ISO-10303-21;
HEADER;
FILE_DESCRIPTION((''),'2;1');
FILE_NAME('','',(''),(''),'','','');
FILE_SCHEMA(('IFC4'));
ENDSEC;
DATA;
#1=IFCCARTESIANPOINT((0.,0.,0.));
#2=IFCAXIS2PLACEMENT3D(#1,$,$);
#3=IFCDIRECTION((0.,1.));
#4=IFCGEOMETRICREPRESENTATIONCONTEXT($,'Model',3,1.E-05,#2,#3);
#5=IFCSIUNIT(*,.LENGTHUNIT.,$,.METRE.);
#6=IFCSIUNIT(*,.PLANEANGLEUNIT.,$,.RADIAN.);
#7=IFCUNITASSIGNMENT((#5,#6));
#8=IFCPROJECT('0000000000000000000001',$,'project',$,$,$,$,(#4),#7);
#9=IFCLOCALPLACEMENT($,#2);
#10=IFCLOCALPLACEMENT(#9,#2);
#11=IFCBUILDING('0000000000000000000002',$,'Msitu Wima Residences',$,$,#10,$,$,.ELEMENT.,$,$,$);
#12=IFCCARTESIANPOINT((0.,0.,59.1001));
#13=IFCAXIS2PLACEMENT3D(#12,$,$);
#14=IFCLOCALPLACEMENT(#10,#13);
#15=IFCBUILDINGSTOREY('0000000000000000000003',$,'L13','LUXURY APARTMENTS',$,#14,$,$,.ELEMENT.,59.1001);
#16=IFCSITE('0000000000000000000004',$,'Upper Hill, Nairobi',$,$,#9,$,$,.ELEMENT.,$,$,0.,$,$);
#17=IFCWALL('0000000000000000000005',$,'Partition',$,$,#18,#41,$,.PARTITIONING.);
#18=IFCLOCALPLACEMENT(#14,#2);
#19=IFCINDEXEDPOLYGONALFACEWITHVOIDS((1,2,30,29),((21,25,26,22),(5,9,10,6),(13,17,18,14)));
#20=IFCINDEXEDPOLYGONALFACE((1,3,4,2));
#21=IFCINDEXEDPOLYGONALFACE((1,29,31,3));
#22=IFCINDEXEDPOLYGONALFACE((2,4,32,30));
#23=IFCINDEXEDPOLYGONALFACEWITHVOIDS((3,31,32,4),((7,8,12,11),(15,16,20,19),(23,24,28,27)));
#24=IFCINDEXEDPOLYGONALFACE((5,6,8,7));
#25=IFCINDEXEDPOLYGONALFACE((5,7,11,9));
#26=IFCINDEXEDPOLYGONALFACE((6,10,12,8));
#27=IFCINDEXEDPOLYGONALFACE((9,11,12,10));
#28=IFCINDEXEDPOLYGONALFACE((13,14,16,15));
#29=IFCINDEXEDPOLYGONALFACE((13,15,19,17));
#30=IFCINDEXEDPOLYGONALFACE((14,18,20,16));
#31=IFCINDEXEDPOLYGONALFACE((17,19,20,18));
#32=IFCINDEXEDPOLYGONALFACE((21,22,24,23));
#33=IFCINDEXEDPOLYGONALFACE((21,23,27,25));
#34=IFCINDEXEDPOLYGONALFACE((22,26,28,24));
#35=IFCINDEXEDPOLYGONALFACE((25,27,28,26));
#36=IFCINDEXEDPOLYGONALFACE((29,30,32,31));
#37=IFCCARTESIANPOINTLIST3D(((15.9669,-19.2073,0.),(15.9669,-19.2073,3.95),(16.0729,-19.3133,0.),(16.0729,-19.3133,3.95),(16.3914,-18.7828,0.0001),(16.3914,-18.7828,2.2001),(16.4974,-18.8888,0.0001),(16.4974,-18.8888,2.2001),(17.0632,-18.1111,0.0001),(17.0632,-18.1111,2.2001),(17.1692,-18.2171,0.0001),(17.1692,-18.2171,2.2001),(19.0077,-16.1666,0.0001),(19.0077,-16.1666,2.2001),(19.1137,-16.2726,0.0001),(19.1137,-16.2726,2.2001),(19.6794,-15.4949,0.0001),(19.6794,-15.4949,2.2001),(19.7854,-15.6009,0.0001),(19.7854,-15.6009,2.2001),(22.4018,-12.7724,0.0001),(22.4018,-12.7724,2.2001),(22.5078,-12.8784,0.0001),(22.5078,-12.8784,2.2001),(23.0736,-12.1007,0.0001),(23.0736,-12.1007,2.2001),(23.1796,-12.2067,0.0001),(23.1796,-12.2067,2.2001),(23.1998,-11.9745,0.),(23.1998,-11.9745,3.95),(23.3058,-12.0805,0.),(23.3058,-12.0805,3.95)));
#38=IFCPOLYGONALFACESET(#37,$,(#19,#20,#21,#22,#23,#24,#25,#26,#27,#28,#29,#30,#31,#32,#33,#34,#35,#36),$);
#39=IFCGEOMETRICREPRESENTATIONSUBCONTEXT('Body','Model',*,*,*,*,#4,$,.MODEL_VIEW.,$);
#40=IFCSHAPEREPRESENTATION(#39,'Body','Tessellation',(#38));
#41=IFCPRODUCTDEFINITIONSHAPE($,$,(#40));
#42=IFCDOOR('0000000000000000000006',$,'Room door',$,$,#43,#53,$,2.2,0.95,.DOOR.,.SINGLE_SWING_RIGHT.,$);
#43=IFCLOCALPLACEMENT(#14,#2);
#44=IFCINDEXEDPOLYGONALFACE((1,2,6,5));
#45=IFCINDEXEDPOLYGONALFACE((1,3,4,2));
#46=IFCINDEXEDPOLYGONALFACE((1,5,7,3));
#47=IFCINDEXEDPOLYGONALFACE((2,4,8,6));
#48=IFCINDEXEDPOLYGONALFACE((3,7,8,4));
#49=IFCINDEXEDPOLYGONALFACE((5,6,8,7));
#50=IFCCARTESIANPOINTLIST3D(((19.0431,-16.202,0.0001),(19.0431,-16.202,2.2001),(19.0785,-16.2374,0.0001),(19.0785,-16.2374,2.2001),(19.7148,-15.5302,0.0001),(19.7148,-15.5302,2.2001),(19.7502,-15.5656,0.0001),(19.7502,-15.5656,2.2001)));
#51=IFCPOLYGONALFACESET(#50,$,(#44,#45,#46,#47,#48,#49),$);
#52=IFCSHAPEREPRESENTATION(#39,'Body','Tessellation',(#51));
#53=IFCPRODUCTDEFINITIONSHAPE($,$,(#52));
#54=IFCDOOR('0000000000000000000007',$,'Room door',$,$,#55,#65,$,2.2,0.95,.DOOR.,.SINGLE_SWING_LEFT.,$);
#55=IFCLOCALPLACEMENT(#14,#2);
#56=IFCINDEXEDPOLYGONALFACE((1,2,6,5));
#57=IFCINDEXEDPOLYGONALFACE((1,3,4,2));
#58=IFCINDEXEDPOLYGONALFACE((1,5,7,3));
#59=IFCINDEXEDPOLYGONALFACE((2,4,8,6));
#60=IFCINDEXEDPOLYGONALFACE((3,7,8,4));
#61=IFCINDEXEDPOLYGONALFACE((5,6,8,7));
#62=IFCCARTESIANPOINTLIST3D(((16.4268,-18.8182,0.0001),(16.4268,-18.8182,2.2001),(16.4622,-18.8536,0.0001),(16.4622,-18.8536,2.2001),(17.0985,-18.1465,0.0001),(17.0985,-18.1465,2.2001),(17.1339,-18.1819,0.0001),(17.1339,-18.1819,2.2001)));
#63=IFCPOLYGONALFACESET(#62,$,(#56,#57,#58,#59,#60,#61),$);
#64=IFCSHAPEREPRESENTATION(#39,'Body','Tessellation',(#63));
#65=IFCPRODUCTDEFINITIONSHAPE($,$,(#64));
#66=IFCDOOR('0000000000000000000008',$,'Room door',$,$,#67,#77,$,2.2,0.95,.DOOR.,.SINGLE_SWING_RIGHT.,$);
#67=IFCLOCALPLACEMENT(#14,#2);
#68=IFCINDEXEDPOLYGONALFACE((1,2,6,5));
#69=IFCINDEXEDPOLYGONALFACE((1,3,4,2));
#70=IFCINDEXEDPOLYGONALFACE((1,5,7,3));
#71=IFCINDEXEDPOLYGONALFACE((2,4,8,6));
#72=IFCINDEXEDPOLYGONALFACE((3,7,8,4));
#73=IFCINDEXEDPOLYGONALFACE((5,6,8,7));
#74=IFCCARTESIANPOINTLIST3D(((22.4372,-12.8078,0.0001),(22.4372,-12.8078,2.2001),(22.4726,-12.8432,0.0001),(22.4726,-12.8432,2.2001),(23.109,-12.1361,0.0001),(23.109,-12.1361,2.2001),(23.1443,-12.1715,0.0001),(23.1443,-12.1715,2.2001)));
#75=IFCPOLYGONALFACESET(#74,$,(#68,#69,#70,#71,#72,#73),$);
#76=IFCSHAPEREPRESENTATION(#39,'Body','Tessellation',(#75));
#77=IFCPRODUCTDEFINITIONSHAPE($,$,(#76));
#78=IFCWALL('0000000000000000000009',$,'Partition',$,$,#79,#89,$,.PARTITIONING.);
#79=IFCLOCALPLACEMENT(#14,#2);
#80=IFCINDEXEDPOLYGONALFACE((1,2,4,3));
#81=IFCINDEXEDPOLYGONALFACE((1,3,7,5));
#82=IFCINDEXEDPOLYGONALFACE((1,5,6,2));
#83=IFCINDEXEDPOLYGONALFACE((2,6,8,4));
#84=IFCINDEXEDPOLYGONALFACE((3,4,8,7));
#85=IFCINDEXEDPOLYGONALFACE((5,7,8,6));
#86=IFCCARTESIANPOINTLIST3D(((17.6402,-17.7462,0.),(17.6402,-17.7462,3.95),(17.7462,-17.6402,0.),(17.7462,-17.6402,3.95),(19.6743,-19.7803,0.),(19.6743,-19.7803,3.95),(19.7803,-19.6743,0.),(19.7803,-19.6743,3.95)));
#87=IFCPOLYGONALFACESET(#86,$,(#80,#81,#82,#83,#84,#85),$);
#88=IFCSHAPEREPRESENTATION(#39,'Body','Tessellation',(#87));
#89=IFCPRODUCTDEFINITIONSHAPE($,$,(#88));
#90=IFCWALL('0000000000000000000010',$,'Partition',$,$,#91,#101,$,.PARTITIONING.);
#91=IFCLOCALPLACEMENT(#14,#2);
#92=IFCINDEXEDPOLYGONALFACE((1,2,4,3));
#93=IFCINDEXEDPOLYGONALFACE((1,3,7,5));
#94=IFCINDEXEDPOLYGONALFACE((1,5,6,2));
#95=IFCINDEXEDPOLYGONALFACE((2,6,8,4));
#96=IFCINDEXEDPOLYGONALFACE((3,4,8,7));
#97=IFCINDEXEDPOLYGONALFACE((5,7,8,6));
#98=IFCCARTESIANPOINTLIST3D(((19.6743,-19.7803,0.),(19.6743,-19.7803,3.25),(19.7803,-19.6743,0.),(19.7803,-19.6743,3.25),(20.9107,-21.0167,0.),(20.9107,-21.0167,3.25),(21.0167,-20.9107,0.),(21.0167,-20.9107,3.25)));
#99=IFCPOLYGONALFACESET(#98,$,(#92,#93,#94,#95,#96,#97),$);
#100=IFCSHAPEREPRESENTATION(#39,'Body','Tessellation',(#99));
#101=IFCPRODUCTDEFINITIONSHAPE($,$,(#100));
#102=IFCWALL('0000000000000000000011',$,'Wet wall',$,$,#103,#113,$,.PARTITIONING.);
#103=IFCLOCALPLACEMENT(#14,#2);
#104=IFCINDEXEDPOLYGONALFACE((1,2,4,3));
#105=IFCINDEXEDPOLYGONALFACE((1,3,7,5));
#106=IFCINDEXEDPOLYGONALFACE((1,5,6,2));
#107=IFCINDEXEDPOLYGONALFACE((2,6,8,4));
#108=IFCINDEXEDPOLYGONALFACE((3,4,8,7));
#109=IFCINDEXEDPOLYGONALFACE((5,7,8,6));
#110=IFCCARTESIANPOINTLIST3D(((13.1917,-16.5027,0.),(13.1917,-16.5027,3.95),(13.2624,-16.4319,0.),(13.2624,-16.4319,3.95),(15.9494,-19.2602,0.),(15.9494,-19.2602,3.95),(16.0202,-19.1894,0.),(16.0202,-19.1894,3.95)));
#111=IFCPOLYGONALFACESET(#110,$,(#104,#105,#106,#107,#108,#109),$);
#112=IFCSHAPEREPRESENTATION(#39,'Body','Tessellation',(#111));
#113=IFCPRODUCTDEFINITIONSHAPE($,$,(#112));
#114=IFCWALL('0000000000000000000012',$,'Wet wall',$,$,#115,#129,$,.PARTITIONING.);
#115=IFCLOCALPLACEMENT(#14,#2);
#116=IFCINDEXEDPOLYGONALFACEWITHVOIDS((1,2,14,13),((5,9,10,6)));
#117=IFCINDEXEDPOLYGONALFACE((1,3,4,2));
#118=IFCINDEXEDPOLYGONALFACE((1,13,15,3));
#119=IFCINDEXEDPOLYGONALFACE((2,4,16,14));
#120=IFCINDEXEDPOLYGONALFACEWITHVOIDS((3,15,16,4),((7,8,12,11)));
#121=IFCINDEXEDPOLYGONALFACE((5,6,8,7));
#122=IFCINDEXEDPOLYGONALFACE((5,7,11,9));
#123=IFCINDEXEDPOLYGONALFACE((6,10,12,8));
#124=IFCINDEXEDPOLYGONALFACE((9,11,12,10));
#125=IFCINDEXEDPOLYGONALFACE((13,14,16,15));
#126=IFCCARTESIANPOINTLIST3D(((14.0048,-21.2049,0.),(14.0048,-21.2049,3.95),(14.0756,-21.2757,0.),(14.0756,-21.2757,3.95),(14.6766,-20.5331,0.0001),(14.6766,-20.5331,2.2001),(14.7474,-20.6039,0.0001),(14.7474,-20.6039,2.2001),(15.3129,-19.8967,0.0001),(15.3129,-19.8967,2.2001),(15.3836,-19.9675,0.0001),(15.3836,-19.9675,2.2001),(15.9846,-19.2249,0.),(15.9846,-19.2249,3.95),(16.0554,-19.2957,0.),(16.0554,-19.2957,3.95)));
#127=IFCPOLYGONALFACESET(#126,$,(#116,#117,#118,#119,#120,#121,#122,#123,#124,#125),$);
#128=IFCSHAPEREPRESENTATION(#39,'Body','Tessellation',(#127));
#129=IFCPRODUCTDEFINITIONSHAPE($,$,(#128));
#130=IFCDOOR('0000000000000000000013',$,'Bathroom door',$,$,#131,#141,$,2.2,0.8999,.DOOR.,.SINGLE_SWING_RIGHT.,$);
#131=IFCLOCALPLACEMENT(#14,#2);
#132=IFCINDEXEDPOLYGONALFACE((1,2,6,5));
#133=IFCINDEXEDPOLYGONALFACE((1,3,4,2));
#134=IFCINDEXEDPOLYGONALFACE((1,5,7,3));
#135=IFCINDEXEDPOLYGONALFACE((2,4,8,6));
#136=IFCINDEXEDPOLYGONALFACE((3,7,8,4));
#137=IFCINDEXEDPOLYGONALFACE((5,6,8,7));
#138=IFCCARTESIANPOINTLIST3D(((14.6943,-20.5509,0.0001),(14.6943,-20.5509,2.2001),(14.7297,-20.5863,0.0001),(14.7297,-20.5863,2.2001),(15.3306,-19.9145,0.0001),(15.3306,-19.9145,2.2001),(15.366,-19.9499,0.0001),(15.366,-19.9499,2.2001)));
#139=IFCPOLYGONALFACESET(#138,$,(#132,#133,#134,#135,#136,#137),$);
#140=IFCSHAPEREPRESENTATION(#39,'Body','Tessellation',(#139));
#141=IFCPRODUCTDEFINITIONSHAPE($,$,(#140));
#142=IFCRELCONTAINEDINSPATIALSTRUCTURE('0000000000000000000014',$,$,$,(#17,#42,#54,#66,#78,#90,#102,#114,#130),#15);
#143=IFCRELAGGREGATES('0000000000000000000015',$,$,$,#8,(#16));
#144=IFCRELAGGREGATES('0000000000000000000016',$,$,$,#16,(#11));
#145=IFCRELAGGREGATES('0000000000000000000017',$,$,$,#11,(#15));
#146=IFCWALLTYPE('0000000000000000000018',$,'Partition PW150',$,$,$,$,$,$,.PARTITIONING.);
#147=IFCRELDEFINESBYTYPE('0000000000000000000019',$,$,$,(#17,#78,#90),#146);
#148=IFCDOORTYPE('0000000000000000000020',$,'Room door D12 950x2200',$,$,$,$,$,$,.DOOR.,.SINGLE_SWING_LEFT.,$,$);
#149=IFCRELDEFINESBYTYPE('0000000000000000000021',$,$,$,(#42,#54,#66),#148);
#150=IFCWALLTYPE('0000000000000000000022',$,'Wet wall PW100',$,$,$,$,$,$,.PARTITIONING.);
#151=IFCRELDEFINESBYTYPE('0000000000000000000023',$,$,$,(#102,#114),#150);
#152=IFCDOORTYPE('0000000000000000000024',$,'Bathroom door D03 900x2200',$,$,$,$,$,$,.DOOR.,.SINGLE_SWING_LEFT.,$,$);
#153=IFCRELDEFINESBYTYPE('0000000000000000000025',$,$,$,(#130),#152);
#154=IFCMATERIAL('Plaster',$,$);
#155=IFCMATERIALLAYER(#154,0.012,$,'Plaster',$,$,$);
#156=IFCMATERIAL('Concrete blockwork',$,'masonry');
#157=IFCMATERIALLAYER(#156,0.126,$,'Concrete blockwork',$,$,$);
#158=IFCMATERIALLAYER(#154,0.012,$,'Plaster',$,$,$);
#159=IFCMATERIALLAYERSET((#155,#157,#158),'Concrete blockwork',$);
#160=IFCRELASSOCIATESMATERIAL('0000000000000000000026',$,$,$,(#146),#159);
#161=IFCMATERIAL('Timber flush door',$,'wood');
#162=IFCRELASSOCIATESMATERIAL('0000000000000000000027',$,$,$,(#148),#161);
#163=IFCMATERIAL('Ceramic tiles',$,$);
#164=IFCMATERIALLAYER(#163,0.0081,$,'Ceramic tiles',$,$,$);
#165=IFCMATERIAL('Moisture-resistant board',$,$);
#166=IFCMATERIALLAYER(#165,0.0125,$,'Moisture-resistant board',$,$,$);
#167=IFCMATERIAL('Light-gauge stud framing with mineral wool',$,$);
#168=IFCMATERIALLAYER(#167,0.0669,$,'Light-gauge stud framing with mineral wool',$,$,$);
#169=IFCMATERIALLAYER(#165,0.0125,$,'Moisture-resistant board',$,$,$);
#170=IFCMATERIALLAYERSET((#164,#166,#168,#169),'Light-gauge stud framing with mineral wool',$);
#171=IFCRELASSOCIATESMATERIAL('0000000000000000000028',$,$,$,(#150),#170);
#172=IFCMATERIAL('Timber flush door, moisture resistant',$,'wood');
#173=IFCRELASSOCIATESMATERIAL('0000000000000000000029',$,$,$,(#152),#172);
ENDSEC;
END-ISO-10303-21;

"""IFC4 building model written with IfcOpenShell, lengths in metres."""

from ifc_helpers import new_model, si_unit, direction, frame, frame_2d, origin, place, context, subcontext, project, spatial, rectangle, extrude, material, layer, layer_set, type_object, element, fill, save


model = new_model("IFC4")

# Units and contexts
model_context = context("Model", 3, precision=1e-05, world=origin(), true_north=direction((0.0, 1.0)))
body_context = subcontext(model_context, "Body", "Model", "MODEL_VIEW")
ifc_project = project(units=[si_unit("LENGTHUNIT", "METRE"), si_unit("PLANEANGLEUNIT", "RADIAN")], contexts=[model_context])

# Site, building, storey
site_placement = place(None, origin())
site = spatial("IfcSite", under=ifc_project, at=site_placement, Name="Upper Hill, Nairobi", CompositionType="ELEMENT", RefElevation=0.0)
building_placement = place(site_placement, origin())
building = spatial("IfcBuilding", under=site, at=building_placement, Name="Msitu Wima Residences", CompositionType="ELEMENT")
storey_placement = place(building_placement, frame((0.0, 0.0, 59.1001)))
storey = spatial("IfcBuildingStorey", under=building, at=storey_placement, Name="L13", Description="LUXURY APARTMENTS", CompositionType="ELEMENT", Elevation=59.1001)

# Shared definitions
ifc_material_1 = material(Name="Plaster")
ifc_material_2 = material(Name="Concrete blockwork", Category="masonry")

# Shared definitions
ifc_layer_1 = layer(ifc_material_1, 0.012, Name="Plaster")
ifc_layer_2 = layer(ifc_material_2, 0.126, Name="Concrete blockwork")
ifc_layer_3 = layer(ifc_material_1, 0.012, Name="Plaster")
ifc_layer_set_1 = layer_set([ifc_layer_1, ifc_layer_2, ifc_layer_3], Name="Concrete blockwork")
wall_type_1 = type_object("IfcWallType", Name="Partition PW150", PredefinedType="PARTITIONING", material=ifc_layer_set_1)

# Wall, openings, doors
wall_1_placement = place(storey_placement, frame((16.02, -19.2603, 0.0), z_axis=(0.0, 0.0, 1.0), x_axis=(0.707107, 0.707107, 0.0)))
wall_1 = element("IfcWall", 1, at=wall_1_placement, inside=storey, type_object=wall_type_1, Name="Partition", PredefinedType="PARTITIONING", context=body_context, shape_type="SweptSolid", body=[
    extrude(rectangle(XDim=10.2288, YDim=0.1499, at=frame_2d((5.1143, 0.0))), origin(), (0.0, 0.0, 1.0), 3.95),
])
opening_1_placement = place(wall_1_placement, frame((4.3, 0.0, 0.0)))
opening_1 = element("IfcOpeningElement", 2, at=opening_1_placement, cuts=wall_1, PredefinedType="OPENING", context=body_context, shape_type="SweptSolid", body=[
    extrude(rectangle(XDim=0.95, YDim=2.2, at=frame_2d((0.4751, 1.1001))), frame((0.0, 0.085, 0.0), z_axis=(0.0, -1.0, 0.0), x_axis=(1.0, 0.0, 0.0)), (0.0, 0.0, 1.0), 0.1699),
])
opening_2_placement = place(wall_1_placement, frame((0.6001, 0.0, 0.0)))
opening_2 = element("IfcOpeningElement", 3, at=opening_2_placement, cuts=wall_1, PredefinedType="OPENING", context=body_context, shape_type="SweptSolid", body=[
    extrude(rectangle(XDim=0.95, YDim=2.2, at=frame_2d((0.4751, 1.1001))), frame((0.0, 0.085, 0.0), z_axis=(0.0, -1.0, 0.0), x_axis=(1.0, 0.0, 0.0)), (0.0, 0.0, 1.0), 0.1699),
])
opening_3_placement = place(wall_1_placement, frame((9.1001, 0.0, 0.0)))
opening_3 = element("IfcOpeningElement", 4, at=opening_3_placement, cuts=wall_1, PredefinedType="OPENING", context=body_context, shape_type="SweptSolid", body=[
    extrude(rectangle(XDim=0.95, YDim=2.2, at=frame_2d((0.4751, 1.1001))), frame((0.0, 0.085, 0.0), z_axis=(0.0, -1.0, 0.0), x_axis=(1.0, 0.0, 0.0)), (0.0, 0.0, 1.0), 0.1699),
])
ifc_material_3 = material(Name="Timber flush door", Category="wood")
door_type_1 = type_object("IfcDoorType", Name="Room door D12 950x2200", OperationType="SINGLE_SWING_LEFT", PredefinedType="DOOR", material=ifc_material_3)
door_1_placement = place(opening_1_placement, origin())
door_1 = element("IfcDoor", 5, at=door_1_placement, inside=storey, type_object=door_type_1, Name="Room door", OperationType="SINGLE_SWING_RIGHT", OverallHeight=2.2, OverallWidth=0.95, PredefinedType="DOOR", context=body_context, shape_type="SweptSolid", body=[
    extrude(rectangle(XDim=0.95, YDim=2.2, at=frame_2d((0.4751, 1.1001))), frame((0.0, 0.0249, 0.0), z_axis=(0.0, -1.0, 0.0), x_axis=(1.0, 0.0, 0.0)), (0.0, 0.0, 1.0), 0.05),
])
fill(opening_1, door_1)
door_2_placement = place(opening_2_placement, origin())
door_2 = element("IfcDoor", 6, at=door_2_placement, inside=storey, type_object=door_type_1, Name="Room door", OperationType="SINGLE_SWING_LEFT", OverallHeight=2.2, OverallWidth=0.95, PredefinedType="DOOR", context=body_context, shape_type="SweptSolid", body=[
    extrude(rectangle(XDim=0.95, YDim=2.2, at=frame_2d((0.4751, 1.1001))), frame((0.0, 0.0249, 0.0), z_axis=(0.0, -1.0, 0.0), x_axis=(1.0, 0.0, 0.0)), (0.0, 0.0, 1.0), 0.05),
])
fill(opening_2, door_2)
door_3_placement = place(opening_3_placement, origin())
door_3 = element("IfcDoor", 7, at=door_3_placement, inside=storey, type_object=door_type_1, Name="Room door", OperationType="SINGLE_SWING_RIGHT", OverallHeight=2.2, OverallWidth=0.95, PredefinedType="DOOR", context=body_context, shape_type="SweptSolid", body=[
    extrude(rectangle(XDim=0.95, YDim=2.2, at=frame_2d((0.4751, 1.1001))), frame((0.0, 0.0249, 0.0), z_axis=(0.0, -1.0, 0.0), x_axis=(1.0, 0.0, 0.0)), (0.0, 0.0, 1.0), 0.05),
])
fill(opening_3, door_3)

# Walls
wall_2_placement = place(storey_placement, frame((17.6931, -17.6931, 0.0), z_axis=(0.0, 0.0, 1.0), x_axis=(0.707107, -0.707107, 0.0)))
element("IfcWall", 8, at=wall_2_placement, inside=storey, type_object=wall_type_1, Name="Partition", PredefinedType="PARTITIONING", context=body_context, shape_type="SweptSolid", body=[
    extrude(rectangle(XDim=2.8767, YDim=0.1499, at=frame_2d((1.4385, 0.0))), origin(), (0.0, 0.0, 1.0), 3.95),
])
wall_3_placement = place(storey_placement, frame((19.7273, -19.7273, 0.0), z_axis=(0.0, 0.0, 1.0), x_axis=(0.707107, -0.707107, 0.0)))
element("IfcWall", 9, at=wall_3_placement, inside=storey, type_object=wall_type_1, Name="Partition", PredefinedType="PARTITIONING", context=body_context, shape_type="SweptSolid", body=[
    extrude(rectangle(XDim=1.7485, YDim=0.1499, at=frame_2d((0.8743, 0.0))), origin(), (0.0, 0.0, 1.0), 3.25),
])
ifc_material_4 = material(Name="Ceramic tiles")
ifc_layer_4 = layer(ifc_material_4, 0.0081, Name="Ceramic tiles")
ifc_material_5 = material(Name="Moisture-resistant board")
ifc_layer_5 = layer(ifc_material_5, 0.0125, Name="Moisture-resistant board")
ifc_material_6 = material(Name="Light-gauge stud framing with mineral wool")
ifc_layer_6 = layer(ifc_material_6, 0.0669, Name="Light-gauge stud framing with mineral wool")
ifc_layer_7 = layer(ifc_material_5, 0.0125, Name="Moisture-resistant board")
ifc_layer_set_2 = layer_set([ifc_layer_4, ifc_layer_5, ifc_layer_6, ifc_layer_7], Name="Light-gauge stud framing with mineral wool")
wall_type_2 = type_object("IfcWallType", Name="Wet wall PW100", PredefinedType="PARTITIONING", material=ifc_layer_set_2)
wall_4_placement = place(storey_placement, frame((13.2271, -16.4673, 0.0), z_axis=(0.0, 0.0, 1.0), x_axis=(0.707138, -0.707075, 0.0)))
element("IfcWall", 10, at=wall_4_placement, inside=storey, type_object=wall_type_2, Name="Wet wall", PredefinedType="PARTITIONING", context=body_context, shape_type="SweptSolid", body=[
    extrude(rectangle(XDim=3.8999, YDim=0.1001, at=frame_2d((1.95, 0.0))), origin(), (0.0, 0.0, 1.0), 3.95),
])

# Wall, opening, door
wall_5_placement = place(storey_placement, frame((14.0403, -21.2402, 0.0), z_axis=(0.0, 0.0, 1.0), x_axis=(0.707063, 0.70715, 0.0)))
wall_5 = element("IfcWall", 11, at=wall_5_placement, inside=storey, type_object=wall_type_2, Name="Wet wall", PredefinedType="PARTITIONING", context=body_context, shape_type="SweptSolid", body=[
    extrude(rectangle(XDim=2.8, YDim=0.1001, at=frame_2d((1.3999, 0.0))), origin(), (0.0, 0.0, 1.0), 3.95),
])
opening_4_placement = place(wall_5_placement, frame((0.95, 0.0, 0.0)))
opening_4 = element("IfcOpeningElement", 12, at=opening_4_placement, cuts=wall_5, PredefinedType="OPENING", context=body_context, shape_type="SweptSolid", body=[
    extrude(rectangle(XDim=0.8999, YDim=2.2, at=frame_2d((0.45, 1.1001))), frame((0.0, 0.0601, 0.0), z_axis=(0.0, -1.0, 0.0), x_axis=(1.0, 0.0, 0.0)), (0.0, 0.0, 1.0), 0.1201),
])
ifc_material_7 = material(Name="Timber flush door, moisture resistant", Category="wood")
door_type_2 = type_object("IfcDoorType", Name="Bathroom door D03 900x2200", OperationType="SINGLE_SWING_LEFT", PredefinedType="DOOR", material=ifc_material_7)
door_4_placement = place(opening_4_placement, origin())
door_4 = element("IfcDoor", 13, at=door_4_placement, inside=storey, type_object=door_type_2, Name="Bathroom door", OperationType="SINGLE_SWING_RIGHT", OverallHeight=2.2, OverallWidth=0.8999, PredefinedType="DOOR", context=body_context, shape_type="SweptSolid", body=[
    extrude(rectangle(XDim=0.8999, YDim=2.2, at=frame_2d((0.45, 1.1001))), frame((0.0, 0.0249, 0.0), z_axis=(0.0, -1.0, 0.0), x_axis=(1.0, 0.0, 0.0)), (0.0, 0.0, 1.0), 0.05),
])
fill(opening_4, door_4)

save(model, "model.ifc")
